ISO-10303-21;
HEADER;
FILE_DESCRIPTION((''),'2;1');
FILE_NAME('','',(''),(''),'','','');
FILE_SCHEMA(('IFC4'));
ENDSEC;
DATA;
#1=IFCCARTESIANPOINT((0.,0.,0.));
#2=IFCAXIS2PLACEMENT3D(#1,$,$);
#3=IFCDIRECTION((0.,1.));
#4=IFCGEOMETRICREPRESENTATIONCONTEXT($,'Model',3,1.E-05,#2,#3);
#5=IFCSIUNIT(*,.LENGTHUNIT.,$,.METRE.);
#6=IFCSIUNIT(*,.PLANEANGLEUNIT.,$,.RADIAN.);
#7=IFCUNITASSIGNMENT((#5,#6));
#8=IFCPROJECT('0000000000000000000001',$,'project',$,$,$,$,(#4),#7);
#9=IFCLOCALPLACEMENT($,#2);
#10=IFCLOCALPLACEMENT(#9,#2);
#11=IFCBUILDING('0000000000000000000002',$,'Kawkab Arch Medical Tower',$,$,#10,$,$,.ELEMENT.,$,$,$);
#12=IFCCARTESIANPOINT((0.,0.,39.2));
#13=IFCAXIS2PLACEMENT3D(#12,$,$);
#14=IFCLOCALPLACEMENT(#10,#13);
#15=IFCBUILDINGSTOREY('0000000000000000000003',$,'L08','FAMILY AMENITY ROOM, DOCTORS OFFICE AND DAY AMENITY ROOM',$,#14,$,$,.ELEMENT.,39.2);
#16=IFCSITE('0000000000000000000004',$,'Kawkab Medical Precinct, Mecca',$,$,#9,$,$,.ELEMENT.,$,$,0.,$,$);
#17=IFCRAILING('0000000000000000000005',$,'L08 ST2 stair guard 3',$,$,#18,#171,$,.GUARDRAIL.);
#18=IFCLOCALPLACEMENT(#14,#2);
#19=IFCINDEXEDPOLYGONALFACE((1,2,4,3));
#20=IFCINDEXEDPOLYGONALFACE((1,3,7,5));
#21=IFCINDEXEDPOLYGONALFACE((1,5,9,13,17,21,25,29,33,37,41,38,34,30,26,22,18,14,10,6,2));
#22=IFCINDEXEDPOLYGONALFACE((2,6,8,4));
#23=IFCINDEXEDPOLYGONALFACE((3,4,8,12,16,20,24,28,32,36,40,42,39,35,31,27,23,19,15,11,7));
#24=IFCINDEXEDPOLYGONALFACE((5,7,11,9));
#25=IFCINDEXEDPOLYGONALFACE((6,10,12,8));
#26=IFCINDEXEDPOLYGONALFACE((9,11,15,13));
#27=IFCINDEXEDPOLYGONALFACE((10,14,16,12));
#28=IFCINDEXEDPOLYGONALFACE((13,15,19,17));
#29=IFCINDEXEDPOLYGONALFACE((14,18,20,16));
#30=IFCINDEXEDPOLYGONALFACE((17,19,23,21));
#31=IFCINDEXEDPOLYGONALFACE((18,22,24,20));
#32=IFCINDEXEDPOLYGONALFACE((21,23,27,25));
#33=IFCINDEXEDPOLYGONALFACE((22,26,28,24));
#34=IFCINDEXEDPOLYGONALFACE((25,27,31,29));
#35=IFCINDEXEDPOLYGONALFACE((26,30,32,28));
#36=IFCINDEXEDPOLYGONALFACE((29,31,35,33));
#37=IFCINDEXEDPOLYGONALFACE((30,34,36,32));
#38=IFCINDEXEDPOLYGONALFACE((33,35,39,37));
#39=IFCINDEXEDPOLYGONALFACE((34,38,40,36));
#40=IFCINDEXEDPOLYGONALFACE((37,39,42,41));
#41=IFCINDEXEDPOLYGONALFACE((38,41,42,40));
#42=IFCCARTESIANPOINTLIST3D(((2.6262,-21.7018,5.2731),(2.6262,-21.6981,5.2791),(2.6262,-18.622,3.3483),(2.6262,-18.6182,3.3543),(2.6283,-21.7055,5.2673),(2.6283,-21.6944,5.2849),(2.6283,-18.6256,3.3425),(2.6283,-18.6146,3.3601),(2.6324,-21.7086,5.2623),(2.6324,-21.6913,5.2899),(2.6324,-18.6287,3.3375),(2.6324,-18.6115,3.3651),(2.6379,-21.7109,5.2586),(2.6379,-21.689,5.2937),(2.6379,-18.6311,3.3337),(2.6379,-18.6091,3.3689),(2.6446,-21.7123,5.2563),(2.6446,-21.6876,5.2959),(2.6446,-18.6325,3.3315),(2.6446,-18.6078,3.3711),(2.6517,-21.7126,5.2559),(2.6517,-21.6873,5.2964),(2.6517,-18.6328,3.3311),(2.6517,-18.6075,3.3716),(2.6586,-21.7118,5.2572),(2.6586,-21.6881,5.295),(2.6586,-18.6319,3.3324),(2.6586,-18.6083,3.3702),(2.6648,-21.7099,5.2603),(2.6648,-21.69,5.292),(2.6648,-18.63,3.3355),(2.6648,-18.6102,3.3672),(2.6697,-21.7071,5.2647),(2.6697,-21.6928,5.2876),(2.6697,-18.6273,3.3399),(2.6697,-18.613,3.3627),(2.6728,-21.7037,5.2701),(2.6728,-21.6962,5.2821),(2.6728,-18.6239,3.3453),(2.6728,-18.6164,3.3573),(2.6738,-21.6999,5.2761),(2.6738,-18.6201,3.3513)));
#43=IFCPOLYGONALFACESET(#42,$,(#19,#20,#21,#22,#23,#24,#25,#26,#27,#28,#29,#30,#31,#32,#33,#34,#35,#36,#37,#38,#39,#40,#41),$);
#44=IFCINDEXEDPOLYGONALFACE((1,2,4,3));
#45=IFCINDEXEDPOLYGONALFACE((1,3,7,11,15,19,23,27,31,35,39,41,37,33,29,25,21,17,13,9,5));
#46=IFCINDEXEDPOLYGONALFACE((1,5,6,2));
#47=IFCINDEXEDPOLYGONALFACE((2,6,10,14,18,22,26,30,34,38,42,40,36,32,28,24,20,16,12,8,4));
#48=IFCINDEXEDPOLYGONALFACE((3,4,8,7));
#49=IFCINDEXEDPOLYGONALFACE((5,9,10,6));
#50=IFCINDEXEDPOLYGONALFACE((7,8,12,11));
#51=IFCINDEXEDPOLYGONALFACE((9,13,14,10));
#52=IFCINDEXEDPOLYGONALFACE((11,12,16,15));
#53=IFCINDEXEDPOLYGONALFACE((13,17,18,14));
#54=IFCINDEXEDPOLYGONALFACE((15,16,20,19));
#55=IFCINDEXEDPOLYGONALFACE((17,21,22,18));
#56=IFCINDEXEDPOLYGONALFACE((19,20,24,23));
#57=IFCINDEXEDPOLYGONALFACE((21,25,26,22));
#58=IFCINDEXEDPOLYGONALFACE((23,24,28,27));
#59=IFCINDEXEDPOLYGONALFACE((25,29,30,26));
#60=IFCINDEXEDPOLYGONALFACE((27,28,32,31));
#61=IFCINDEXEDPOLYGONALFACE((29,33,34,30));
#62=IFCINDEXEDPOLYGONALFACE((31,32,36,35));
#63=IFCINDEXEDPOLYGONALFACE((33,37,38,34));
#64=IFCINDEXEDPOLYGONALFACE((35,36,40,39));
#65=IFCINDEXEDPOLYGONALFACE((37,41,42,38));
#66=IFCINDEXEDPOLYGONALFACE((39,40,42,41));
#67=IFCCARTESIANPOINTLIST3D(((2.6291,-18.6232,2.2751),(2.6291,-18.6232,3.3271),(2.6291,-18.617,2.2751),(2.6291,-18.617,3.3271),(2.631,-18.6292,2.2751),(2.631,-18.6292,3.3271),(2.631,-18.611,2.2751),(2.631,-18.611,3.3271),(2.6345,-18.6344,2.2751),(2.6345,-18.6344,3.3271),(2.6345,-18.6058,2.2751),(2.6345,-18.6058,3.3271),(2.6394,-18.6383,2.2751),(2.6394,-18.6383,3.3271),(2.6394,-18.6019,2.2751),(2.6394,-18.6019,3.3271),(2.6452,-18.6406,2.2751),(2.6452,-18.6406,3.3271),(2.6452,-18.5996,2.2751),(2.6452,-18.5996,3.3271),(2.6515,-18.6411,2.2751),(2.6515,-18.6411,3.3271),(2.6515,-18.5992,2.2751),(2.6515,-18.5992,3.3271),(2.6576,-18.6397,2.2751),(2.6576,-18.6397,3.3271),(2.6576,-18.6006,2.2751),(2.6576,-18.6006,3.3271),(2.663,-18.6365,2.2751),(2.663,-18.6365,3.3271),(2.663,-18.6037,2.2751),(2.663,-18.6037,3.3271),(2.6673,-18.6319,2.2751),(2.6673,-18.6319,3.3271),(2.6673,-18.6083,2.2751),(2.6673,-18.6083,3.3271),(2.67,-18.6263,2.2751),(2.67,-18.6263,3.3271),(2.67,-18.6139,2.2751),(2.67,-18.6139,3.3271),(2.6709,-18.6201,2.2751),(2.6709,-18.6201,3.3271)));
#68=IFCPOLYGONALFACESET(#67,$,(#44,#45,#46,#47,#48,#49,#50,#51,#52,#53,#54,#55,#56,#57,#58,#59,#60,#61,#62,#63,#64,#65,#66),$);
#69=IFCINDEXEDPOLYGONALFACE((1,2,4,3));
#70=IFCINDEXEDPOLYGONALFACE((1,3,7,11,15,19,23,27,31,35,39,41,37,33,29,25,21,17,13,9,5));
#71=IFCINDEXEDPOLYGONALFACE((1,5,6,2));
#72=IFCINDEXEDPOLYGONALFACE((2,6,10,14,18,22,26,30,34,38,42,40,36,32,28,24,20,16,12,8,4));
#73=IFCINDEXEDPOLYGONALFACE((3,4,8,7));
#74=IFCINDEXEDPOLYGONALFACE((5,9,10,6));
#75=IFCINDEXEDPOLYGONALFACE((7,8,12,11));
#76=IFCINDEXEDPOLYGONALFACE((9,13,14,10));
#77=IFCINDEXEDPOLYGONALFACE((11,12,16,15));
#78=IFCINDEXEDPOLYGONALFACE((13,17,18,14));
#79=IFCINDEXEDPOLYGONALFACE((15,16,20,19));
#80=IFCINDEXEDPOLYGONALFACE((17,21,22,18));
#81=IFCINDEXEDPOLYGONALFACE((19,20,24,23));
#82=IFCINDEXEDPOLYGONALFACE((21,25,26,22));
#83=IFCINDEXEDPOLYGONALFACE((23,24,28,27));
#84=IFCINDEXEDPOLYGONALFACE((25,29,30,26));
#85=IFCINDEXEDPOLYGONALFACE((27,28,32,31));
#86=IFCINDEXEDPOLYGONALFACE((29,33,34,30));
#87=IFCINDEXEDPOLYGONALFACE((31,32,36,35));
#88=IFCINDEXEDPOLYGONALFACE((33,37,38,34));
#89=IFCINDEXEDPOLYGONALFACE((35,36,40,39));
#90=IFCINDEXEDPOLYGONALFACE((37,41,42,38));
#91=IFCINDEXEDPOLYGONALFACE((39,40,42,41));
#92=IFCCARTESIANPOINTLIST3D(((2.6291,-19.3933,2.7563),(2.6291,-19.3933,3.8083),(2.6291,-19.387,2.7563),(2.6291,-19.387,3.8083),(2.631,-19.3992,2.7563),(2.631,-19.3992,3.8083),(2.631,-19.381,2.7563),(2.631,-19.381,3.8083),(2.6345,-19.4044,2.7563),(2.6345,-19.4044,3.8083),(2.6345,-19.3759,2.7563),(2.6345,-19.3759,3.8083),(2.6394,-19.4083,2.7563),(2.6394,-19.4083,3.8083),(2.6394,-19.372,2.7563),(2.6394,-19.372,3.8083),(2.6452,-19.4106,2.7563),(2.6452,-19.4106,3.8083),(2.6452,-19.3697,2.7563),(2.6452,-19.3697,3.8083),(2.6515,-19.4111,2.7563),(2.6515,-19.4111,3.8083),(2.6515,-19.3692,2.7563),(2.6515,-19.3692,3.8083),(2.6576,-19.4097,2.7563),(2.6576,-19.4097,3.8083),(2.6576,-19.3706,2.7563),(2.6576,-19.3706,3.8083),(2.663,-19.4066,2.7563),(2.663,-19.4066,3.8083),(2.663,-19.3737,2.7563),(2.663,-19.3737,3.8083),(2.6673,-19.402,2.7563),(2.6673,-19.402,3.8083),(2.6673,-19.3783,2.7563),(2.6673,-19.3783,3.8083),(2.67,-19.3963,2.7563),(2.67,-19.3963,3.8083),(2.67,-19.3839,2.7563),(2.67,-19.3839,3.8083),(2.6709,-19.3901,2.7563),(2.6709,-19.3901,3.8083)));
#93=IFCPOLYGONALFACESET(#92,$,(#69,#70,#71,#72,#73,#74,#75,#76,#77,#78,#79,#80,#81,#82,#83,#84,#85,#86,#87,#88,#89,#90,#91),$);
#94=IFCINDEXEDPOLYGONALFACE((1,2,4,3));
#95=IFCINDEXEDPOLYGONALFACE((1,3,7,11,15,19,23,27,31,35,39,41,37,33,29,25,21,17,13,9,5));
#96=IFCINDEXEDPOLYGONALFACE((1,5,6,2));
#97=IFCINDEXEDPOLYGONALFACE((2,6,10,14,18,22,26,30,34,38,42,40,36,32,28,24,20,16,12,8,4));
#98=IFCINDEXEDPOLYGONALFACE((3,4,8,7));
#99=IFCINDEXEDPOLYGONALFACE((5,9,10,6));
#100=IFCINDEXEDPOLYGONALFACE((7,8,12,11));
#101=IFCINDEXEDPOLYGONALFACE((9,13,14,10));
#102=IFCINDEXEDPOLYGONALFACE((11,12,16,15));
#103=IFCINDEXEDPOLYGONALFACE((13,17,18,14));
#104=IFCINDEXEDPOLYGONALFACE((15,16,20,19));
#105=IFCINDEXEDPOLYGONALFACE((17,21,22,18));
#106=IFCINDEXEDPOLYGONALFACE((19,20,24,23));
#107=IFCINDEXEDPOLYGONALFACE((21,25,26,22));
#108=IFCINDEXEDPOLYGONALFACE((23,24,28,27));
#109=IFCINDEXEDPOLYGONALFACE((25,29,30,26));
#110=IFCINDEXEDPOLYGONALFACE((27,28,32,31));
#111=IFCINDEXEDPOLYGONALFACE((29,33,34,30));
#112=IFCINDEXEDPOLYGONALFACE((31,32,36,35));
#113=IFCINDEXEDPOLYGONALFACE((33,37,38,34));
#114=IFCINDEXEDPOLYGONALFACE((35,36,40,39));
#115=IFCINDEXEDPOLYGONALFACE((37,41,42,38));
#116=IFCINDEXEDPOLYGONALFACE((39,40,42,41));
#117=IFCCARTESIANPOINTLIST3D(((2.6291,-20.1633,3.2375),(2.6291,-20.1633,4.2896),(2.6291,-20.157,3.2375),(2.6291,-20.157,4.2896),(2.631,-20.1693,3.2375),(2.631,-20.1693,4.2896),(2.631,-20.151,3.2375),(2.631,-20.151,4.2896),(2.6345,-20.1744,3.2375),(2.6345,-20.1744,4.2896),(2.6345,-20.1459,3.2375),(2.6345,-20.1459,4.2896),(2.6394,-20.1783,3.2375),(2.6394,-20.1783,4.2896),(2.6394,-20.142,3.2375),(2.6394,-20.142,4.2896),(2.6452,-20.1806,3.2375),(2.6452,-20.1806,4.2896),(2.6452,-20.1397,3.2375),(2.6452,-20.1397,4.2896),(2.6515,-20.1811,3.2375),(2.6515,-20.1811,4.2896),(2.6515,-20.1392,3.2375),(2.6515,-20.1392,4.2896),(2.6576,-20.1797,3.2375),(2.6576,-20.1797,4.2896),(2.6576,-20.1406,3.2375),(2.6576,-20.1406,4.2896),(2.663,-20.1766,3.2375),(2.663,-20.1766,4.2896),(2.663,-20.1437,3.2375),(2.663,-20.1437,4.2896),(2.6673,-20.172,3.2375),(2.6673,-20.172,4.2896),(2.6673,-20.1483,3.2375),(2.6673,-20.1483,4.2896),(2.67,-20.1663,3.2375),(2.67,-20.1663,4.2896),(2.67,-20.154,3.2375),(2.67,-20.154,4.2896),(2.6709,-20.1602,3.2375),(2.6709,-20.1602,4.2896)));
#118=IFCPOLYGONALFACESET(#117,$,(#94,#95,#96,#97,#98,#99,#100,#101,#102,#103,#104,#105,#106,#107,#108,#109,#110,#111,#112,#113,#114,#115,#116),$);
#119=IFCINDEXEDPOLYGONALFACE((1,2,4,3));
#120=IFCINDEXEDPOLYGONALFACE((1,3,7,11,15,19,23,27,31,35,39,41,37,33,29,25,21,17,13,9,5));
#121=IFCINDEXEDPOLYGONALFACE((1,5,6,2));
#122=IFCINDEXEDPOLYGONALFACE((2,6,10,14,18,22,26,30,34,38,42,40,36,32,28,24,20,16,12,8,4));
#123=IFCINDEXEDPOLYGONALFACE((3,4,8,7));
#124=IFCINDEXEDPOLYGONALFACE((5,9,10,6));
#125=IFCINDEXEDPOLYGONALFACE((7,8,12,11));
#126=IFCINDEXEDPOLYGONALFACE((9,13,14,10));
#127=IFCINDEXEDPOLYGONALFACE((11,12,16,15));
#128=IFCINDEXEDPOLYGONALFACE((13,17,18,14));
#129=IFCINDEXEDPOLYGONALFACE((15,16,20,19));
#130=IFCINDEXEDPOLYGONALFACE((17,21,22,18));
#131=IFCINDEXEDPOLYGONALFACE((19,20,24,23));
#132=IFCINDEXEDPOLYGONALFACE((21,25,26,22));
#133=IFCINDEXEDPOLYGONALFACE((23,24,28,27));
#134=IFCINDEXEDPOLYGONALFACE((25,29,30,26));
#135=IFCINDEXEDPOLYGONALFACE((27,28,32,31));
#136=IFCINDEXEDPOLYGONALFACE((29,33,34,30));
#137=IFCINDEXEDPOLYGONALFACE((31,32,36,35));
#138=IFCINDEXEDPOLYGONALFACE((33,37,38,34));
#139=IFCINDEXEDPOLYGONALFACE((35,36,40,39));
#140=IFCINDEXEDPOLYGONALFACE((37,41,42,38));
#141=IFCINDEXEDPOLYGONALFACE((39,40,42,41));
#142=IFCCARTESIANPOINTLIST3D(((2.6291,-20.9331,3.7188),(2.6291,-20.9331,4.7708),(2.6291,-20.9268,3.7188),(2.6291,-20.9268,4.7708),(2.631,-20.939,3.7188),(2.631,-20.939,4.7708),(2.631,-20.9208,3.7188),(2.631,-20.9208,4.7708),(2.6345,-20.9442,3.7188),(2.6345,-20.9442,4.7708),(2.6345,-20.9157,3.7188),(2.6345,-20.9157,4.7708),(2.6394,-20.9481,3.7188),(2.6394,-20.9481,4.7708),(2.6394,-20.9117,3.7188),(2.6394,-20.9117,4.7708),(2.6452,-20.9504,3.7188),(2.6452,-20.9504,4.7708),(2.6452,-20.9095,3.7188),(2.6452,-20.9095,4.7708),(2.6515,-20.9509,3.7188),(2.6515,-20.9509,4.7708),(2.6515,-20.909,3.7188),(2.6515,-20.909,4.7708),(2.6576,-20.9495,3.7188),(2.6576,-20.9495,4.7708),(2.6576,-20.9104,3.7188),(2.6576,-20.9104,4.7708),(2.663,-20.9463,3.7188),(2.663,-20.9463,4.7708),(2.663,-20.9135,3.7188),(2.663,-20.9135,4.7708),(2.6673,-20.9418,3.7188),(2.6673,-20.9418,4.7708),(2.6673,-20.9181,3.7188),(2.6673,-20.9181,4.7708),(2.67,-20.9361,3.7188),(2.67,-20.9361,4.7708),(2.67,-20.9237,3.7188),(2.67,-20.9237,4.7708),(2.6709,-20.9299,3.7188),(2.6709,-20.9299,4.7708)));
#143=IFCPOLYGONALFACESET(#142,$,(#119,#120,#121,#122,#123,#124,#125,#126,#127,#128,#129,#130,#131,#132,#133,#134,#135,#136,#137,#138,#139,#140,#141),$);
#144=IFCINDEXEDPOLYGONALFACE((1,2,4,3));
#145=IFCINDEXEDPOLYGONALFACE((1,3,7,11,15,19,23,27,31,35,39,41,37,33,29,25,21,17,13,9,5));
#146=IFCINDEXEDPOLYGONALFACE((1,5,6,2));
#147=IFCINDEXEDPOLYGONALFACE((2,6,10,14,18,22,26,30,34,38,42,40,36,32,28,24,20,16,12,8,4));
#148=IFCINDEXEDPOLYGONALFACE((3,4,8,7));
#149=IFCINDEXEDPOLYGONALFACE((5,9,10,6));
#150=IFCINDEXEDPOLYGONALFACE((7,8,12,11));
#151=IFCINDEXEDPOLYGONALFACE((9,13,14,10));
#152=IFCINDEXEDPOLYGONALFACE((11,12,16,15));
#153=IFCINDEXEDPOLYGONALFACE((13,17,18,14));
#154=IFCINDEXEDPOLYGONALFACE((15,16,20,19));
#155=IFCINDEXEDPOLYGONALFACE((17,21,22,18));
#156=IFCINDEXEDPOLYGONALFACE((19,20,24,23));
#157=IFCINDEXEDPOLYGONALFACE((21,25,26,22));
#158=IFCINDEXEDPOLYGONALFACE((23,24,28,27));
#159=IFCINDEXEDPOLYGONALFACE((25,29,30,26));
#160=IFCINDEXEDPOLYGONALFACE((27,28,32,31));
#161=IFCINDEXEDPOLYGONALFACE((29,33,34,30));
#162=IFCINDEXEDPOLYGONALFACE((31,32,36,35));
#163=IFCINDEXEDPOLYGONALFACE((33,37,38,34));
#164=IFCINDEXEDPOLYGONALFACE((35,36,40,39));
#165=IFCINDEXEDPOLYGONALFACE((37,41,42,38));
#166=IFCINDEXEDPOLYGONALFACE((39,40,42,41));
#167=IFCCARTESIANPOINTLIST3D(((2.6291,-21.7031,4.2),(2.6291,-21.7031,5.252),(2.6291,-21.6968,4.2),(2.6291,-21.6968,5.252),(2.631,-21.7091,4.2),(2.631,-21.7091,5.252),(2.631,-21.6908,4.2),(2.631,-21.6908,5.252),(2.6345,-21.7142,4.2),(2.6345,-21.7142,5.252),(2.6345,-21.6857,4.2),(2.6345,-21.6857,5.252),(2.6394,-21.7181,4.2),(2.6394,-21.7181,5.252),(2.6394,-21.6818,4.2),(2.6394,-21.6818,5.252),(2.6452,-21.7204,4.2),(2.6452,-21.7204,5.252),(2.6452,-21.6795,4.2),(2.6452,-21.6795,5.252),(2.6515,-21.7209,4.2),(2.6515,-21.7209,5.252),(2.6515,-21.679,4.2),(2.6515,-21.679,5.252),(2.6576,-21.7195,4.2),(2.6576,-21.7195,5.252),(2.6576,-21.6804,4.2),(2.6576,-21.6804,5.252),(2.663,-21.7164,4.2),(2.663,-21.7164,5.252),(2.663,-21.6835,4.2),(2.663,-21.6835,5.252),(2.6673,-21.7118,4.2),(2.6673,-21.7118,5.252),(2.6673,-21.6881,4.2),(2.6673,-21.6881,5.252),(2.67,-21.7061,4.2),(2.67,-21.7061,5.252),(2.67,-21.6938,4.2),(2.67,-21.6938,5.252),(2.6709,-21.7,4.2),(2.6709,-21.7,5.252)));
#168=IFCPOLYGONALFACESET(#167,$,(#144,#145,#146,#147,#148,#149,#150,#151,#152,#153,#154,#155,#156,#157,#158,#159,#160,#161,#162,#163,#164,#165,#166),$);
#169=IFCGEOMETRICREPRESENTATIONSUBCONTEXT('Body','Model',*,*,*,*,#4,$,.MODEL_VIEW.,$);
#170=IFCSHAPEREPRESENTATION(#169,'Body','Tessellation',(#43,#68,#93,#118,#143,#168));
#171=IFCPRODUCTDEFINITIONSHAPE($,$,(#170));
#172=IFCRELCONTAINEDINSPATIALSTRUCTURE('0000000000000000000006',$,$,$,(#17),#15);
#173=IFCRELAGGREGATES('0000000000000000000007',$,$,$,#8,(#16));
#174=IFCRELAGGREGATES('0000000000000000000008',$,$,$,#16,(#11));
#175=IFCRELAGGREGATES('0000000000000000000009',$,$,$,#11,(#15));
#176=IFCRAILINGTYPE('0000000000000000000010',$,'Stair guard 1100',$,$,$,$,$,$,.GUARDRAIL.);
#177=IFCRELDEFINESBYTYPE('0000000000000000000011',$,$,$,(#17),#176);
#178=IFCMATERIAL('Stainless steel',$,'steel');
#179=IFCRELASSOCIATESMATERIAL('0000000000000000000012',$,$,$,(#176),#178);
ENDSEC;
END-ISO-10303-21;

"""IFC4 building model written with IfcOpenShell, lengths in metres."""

from ifc_helpers import new_model, si_unit, direction, frame, origin, origin_2d, place, context, subcontext, project, spatial, circle, extrude, material, type_object, element, save


model = new_model("IFC4")

# Units and contexts
model_context = context("Model", 3, precision=1e-05, world=origin(), true_north=direction((0.0, 1.0)))
body_context = subcontext(model_context, "Body", "Model", "MODEL_VIEW")
ifc_project = project(units=[si_unit("LENGTHUNIT", "METRE"), si_unit("PLANEANGLEUNIT", "RADIAN")], contexts=[model_context])

# Site, building, storey
site_placement = place(None, origin())
site = spatial("IfcSite", under=ifc_project, at=site_placement, Name="Kawkab Medical Precinct, Mecca", CompositionType="ELEMENT", RefElevation=0.0)
building_placement = place(site_placement, origin())
building = spatial("IfcBuilding", under=site, at=building_placement, Name="Kawkab Arch Medical Tower", CompositionType="ELEMENT")
storey_placement = place(building_placement, frame((0.0, 0.0, 39.2)))
storey = spatial("IfcBuildingStorey", under=building, at=storey_placement, Name="L08", Description="FAMILY AMENITY ROOM, DOCTORS OFFICE AND DAY AMENITY ROOM", CompositionType="ELEMENT", Elevation=39.2)

# Railing
ifc_material_1 = material(Name="Stainless steel", Category="steel")
railing_type = type_object("IfcRailingType", Name="Stair guard 1100", PredefinedType="GUARDRAIL", material=ifc_material_1)
railing_1_placement = place(storey_placement, frame((2.6499, -18.6201, 2.2751)))
element("IfcRailing", 1, at=railing_1_placement, inside=storey, type_object=railing_type, Name="L08 ST2 stair guard 3", PredefinedType="GUARDRAIL", context=body_context, shape_type="SweptSolid", body=[
    extrude(circle(Radius=0.0239, at=origin_2d()), frame((0.0, 0.0, 1.0762), z_axis=(0.0, -0.84801, 0.529981), x_axis=(1.0, 0.0, 0.0)), (0.0, 0.0, 1.0), 3.6318),
    extrude(circle(Radius=0.021, at=origin_2d()), origin(), (0.0, 0.0, 1.0), 1.052),
    extrude(circle(Radius=0.021, at=origin_2d()), frame((0.0, -0.77, 0.4812)), (0.0, 0.0, 1.0), 1.052),
    extrude(circle(Radius=0.021, at=origin_2d()), frame((0.0, -1.54, 0.9624)), (0.0, 0.0, 1.0), 1.052),
    extrude(circle(Radius=0.021, at=origin_2d()), frame((0.0, -2.3098, 1.4436)), (0.0, 0.0, 1.0), 1.052),
    extrude(circle(Radius=0.021, at=origin_2d()), frame((0.0, -3.0798, 1.9248)), (0.0, 0.0, 1.0), 1.052),
])

save(model, "model.ifc")
